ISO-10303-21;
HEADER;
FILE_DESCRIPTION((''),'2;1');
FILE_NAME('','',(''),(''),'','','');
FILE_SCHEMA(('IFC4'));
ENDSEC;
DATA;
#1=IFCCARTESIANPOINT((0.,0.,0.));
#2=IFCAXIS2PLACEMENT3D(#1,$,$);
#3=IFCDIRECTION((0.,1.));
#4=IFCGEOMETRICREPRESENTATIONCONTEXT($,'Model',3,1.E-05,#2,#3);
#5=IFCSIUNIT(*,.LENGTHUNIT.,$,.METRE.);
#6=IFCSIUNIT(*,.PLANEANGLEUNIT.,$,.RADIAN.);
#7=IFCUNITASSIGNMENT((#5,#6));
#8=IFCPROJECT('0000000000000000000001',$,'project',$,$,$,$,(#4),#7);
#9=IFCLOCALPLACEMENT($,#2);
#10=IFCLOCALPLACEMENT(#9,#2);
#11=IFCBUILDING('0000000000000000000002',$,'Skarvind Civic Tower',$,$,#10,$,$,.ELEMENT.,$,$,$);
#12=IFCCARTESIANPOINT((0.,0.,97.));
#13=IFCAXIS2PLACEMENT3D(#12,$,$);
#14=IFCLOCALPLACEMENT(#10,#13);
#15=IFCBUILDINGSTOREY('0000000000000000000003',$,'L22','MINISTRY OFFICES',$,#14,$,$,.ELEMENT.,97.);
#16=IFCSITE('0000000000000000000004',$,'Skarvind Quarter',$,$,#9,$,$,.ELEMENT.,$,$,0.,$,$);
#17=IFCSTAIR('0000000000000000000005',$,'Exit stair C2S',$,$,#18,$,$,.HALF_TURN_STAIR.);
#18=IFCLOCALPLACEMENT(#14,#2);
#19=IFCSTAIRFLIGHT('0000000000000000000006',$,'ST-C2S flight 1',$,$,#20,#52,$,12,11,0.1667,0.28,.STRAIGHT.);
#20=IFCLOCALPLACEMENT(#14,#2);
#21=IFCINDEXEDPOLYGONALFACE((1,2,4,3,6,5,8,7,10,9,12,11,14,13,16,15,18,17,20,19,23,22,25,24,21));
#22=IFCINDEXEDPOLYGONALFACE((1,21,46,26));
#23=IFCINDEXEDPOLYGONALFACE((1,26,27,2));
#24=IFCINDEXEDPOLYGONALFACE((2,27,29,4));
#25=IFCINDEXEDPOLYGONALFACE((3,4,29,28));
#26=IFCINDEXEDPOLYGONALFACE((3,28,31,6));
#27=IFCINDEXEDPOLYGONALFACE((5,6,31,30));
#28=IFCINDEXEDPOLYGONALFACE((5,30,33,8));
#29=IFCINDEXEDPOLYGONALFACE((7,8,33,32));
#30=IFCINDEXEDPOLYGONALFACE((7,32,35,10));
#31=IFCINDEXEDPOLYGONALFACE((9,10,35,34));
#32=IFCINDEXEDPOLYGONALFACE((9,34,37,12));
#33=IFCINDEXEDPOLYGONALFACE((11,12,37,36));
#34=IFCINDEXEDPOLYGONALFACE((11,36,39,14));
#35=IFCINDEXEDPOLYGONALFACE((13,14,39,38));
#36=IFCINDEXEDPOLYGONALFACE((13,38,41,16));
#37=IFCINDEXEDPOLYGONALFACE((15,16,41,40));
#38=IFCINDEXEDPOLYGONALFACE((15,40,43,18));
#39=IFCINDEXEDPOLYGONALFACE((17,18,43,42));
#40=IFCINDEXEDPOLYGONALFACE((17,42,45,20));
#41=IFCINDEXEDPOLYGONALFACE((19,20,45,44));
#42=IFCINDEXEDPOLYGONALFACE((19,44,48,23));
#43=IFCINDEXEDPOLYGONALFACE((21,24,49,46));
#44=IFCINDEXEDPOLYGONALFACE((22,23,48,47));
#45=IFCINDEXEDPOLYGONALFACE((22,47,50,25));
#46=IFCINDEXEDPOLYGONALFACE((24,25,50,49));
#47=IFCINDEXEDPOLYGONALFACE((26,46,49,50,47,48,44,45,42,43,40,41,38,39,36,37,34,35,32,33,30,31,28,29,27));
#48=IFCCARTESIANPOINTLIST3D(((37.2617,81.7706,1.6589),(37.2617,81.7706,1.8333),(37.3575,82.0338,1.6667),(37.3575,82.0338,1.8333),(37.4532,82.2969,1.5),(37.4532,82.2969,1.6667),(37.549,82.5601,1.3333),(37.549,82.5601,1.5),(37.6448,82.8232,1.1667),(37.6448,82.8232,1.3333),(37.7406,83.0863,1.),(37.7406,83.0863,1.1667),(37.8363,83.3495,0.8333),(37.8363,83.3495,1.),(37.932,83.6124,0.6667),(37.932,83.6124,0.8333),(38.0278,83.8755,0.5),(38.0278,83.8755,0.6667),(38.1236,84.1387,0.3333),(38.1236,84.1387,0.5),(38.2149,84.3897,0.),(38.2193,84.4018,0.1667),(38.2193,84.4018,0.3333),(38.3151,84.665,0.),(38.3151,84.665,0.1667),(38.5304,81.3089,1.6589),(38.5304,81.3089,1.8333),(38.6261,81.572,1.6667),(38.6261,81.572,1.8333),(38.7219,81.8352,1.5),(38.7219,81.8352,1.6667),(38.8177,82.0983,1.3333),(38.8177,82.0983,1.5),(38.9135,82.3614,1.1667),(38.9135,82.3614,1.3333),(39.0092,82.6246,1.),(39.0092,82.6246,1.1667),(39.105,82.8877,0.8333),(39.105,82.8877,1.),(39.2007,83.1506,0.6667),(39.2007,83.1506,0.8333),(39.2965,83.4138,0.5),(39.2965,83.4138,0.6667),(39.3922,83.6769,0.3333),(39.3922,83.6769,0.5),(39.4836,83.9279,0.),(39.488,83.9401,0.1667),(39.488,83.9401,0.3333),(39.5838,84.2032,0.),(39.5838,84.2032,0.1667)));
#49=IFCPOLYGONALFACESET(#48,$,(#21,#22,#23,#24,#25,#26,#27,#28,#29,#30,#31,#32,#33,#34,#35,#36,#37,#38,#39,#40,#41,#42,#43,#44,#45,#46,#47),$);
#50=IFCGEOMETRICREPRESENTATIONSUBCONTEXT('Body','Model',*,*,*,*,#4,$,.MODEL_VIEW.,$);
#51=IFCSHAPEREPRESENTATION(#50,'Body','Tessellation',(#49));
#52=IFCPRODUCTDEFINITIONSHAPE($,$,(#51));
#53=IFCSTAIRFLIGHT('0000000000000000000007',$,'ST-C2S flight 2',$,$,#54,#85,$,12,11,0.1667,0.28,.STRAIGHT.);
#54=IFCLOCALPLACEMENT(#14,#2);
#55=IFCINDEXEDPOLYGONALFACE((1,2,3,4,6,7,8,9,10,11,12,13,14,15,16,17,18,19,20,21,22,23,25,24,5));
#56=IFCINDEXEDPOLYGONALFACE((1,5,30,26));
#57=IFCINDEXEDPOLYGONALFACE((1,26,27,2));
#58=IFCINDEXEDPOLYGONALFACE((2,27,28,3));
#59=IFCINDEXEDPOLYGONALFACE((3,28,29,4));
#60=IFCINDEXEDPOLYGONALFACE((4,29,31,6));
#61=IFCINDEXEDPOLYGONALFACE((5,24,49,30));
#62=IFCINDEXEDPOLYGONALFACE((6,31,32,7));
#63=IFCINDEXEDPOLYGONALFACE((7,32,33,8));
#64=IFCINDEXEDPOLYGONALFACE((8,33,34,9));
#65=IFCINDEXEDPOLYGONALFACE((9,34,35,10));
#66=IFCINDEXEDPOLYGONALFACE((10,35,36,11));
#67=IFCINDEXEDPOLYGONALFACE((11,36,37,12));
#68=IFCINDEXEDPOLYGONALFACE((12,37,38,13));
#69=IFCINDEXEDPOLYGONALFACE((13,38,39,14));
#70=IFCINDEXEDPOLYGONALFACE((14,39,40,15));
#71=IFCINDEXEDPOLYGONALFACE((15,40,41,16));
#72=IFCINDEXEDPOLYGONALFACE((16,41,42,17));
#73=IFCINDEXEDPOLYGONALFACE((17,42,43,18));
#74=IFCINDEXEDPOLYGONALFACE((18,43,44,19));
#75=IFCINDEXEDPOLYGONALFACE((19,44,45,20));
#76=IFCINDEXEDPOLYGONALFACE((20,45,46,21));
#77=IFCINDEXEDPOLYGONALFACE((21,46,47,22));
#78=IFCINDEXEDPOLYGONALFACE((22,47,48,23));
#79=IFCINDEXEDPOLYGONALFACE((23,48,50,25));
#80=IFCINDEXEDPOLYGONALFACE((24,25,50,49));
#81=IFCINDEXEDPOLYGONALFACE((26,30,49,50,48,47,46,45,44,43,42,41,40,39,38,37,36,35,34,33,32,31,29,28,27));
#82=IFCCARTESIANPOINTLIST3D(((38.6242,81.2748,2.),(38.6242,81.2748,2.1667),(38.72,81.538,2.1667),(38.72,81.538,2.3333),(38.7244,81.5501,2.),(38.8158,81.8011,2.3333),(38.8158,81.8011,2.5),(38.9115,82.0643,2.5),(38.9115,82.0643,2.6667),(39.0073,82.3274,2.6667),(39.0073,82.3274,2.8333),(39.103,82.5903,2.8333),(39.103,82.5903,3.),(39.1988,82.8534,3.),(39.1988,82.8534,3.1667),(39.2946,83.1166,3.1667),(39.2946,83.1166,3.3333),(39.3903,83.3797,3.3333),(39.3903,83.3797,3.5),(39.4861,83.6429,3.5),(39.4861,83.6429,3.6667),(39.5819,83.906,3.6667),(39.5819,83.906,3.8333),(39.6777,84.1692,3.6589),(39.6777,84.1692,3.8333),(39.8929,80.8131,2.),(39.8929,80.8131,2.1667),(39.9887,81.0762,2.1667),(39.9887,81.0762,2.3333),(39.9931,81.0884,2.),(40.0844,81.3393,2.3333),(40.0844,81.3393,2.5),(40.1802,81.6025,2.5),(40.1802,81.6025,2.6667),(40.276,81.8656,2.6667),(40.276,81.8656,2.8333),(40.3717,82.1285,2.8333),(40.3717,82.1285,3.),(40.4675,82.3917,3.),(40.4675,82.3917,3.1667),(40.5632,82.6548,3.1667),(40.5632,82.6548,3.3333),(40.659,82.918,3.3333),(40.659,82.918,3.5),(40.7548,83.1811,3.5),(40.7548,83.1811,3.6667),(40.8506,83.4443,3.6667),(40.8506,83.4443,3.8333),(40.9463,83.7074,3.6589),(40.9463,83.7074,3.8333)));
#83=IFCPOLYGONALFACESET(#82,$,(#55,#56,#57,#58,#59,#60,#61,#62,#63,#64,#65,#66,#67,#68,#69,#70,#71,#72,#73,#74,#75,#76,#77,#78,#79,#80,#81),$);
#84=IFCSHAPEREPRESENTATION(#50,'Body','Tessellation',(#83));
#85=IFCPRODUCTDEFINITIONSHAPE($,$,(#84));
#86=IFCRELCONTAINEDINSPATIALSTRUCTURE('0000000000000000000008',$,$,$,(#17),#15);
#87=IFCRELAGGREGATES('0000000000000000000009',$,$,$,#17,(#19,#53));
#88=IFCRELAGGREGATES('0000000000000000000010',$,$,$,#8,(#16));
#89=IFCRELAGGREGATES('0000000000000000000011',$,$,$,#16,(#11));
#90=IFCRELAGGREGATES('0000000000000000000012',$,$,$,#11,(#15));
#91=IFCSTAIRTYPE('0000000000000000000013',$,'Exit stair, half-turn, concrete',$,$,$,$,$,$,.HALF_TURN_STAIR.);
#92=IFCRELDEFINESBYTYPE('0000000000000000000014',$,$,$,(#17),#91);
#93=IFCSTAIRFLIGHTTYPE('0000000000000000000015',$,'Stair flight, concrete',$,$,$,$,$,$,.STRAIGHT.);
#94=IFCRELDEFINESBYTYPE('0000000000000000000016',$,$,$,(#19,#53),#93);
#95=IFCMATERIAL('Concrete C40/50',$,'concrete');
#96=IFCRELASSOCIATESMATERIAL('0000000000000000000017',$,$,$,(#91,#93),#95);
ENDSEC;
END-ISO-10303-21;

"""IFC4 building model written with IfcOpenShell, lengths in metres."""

from ifc_helpers import new_model, si_unit, direction, frame, origin, place, context, subcontext, project, spatial, polyline, outline, extrude, material, type_object, element, aggregate, save


model = new_model("IFC4")

# Units and contexts
model_context = context("Model", 3, precision=1e-05, world=origin(), true_north=direction((0.0, 1.0)))
body_context = subcontext(model_context, "Body", "Model", "MODEL_VIEW")
ifc_project = project(units=[si_unit("LENGTHUNIT", "METRE"), si_unit("PLANEANGLEUNIT", "RADIAN")], contexts=[model_context])

# Site, building, storey
site_placement = place(None, origin())
site = spatial("IfcSite", under=ifc_project, at=site_placement, Name="Skarvind Quarter", CompositionType="ELEMENT", RefElevation=0.0)
building_placement = place(site_placement, origin())
building = spatial("IfcBuilding", under=site, at=building_placement, Name="Skarvind Civic Tower", CompositionType="ELEMENT")
storey_placement = place(building_placement, frame((0.0, 0.0, 97.0)))
storey = spatial("IfcBuildingStorey", under=building, at=storey_placement, Name="L22", Description="MINISTRY OFFICES", CompositionType="ELEMENT", Elevation=97.0)

# Stair, stair flights
ifc_material_1 = material(Name="Concrete C40/50", Category="concrete")
stair_type = type_object("IfcStairType", Name="Exit stair, half-turn, concrete", PredefinedType="HALF_TURN_STAIR", material=ifc_material_1)
stair_placement = place(storey_placement, origin())
stair = element("IfcStair", 1, at=stair_placement, inside=storey, type_object=stair_type, Name="Exit stair C2S", PredefinedType="HALF_TURN_STAIR")
stair_flight_type = type_object("IfcStairFlightType", Name="Stair flight, concrete", PredefinedType="STRAIGHT", material=ifc_material_1)
stair_flight_1_placement = place(storey_placement, frame((38.9495, 84.4341, 0.0), z_axis=(0.0, 0.0, 1.0), x_axis=(-0.34202, -0.939693, 0.0)))
stair_flight_1 = element("IfcStairFlight", 2, at=stair_flight_1_placement, type_object=stair_flight_type, Name="ST-C2S flight 1", NumberOfRisers=12, NumberOfTreads=11, PredefinedType="STRAIGHT", RiserHeight=0.1667, TreadLength=0.28, context=body_context, shape_type="SweptSolid", body=[
    extrude(outline(polyline([(0.0, 0.0), (0.0, 0.1667), (0.28, 0.1667), (0.28, 0.3333), (0.5601, 0.3333), (0.5601, 0.5), (0.8401, 0.5), (0.8401, 0.6667), (1.1201, 0.6667), (1.1201, 0.8333), (1.3999, 0.8333), (1.3999, 1.0), (1.6799, 1.0), (1.6799, 1.1667), (1.96, 1.1667), (1.96, 1.3333), (2.24, 1.3333), (2.24, 1.5), (2.52, 1.5), (2.52, 1.6667), (2.8, 1.6667), (2.8, 1.8333), (3.0801, 1.8333), (3.0801, 2.0), (3.0801, 1.6589), (0.293, 0.0), (0.0, 0.0)])), frame((0.0, 0.675, 0.0), z_axis=(0.0, -1.0, 0.0), x_axis=(1.0, 0.0, 0.0)), (0.0, 0.0, 1.0), 1.3501),
])
stair_flight_2_placement = place(storey_placement, frame((39.2585, 81.0439, 2.0), z_axis=(0.0, 0.0, 1.0), x_axis=(0.34202, 0.939693, 0.0)))
stair_flight_2 = element("IfcStairFlight", 3, at=stair_flight_2_placement, type_object=stair_flight_type, Name="ST-C2S flight 2", NumberOfRisers=12, NumberOfTreads=11, PredefinedType="STRAIGHT", RiserHeight=0.1667, TreadLength=0.28, context=body_context, shape_type="SweptSolid", body=[
    extrude(outline(polyline([(0.0, 0.0), (0.0, 0.1667), (0.28, 0.1667), (0.28, 0.3333), (0.5601, 0.3333), (0.5601, 0.5), (0.8401, 0.5), (0.8401, 0.6667), (1.1201, 0.6667), (1.1201, 0.8333), (1.3999, 0.8333), (1.3999, 1.0), (1.6799, 1.0), (1.6799, 1.1667), (1.96, 1.1667), (1.96, 1.3333), (2.24, 1.3333), (2.24, 1.5), (2.52, 1.5), (2.52, 1.6667), (2.8, 1.6667), (2.8, 1.8333), (3.0801, 1.8333), (3.0801, 2.0), (3.0801, 1.6589), (0.293, 0.0), (0.0, 0.0)])), frame((0.0, 0.675, 0.0), z_axis=(0.0, -1.0, 0.0), x_axis=(1.0, 0.0, 0.0)), (0.0, 0.0, 1.0), 1.3501),
])
aggregate(stair, [stair_flight_1, stair_flight_2])

save(model, "model.ifc")
